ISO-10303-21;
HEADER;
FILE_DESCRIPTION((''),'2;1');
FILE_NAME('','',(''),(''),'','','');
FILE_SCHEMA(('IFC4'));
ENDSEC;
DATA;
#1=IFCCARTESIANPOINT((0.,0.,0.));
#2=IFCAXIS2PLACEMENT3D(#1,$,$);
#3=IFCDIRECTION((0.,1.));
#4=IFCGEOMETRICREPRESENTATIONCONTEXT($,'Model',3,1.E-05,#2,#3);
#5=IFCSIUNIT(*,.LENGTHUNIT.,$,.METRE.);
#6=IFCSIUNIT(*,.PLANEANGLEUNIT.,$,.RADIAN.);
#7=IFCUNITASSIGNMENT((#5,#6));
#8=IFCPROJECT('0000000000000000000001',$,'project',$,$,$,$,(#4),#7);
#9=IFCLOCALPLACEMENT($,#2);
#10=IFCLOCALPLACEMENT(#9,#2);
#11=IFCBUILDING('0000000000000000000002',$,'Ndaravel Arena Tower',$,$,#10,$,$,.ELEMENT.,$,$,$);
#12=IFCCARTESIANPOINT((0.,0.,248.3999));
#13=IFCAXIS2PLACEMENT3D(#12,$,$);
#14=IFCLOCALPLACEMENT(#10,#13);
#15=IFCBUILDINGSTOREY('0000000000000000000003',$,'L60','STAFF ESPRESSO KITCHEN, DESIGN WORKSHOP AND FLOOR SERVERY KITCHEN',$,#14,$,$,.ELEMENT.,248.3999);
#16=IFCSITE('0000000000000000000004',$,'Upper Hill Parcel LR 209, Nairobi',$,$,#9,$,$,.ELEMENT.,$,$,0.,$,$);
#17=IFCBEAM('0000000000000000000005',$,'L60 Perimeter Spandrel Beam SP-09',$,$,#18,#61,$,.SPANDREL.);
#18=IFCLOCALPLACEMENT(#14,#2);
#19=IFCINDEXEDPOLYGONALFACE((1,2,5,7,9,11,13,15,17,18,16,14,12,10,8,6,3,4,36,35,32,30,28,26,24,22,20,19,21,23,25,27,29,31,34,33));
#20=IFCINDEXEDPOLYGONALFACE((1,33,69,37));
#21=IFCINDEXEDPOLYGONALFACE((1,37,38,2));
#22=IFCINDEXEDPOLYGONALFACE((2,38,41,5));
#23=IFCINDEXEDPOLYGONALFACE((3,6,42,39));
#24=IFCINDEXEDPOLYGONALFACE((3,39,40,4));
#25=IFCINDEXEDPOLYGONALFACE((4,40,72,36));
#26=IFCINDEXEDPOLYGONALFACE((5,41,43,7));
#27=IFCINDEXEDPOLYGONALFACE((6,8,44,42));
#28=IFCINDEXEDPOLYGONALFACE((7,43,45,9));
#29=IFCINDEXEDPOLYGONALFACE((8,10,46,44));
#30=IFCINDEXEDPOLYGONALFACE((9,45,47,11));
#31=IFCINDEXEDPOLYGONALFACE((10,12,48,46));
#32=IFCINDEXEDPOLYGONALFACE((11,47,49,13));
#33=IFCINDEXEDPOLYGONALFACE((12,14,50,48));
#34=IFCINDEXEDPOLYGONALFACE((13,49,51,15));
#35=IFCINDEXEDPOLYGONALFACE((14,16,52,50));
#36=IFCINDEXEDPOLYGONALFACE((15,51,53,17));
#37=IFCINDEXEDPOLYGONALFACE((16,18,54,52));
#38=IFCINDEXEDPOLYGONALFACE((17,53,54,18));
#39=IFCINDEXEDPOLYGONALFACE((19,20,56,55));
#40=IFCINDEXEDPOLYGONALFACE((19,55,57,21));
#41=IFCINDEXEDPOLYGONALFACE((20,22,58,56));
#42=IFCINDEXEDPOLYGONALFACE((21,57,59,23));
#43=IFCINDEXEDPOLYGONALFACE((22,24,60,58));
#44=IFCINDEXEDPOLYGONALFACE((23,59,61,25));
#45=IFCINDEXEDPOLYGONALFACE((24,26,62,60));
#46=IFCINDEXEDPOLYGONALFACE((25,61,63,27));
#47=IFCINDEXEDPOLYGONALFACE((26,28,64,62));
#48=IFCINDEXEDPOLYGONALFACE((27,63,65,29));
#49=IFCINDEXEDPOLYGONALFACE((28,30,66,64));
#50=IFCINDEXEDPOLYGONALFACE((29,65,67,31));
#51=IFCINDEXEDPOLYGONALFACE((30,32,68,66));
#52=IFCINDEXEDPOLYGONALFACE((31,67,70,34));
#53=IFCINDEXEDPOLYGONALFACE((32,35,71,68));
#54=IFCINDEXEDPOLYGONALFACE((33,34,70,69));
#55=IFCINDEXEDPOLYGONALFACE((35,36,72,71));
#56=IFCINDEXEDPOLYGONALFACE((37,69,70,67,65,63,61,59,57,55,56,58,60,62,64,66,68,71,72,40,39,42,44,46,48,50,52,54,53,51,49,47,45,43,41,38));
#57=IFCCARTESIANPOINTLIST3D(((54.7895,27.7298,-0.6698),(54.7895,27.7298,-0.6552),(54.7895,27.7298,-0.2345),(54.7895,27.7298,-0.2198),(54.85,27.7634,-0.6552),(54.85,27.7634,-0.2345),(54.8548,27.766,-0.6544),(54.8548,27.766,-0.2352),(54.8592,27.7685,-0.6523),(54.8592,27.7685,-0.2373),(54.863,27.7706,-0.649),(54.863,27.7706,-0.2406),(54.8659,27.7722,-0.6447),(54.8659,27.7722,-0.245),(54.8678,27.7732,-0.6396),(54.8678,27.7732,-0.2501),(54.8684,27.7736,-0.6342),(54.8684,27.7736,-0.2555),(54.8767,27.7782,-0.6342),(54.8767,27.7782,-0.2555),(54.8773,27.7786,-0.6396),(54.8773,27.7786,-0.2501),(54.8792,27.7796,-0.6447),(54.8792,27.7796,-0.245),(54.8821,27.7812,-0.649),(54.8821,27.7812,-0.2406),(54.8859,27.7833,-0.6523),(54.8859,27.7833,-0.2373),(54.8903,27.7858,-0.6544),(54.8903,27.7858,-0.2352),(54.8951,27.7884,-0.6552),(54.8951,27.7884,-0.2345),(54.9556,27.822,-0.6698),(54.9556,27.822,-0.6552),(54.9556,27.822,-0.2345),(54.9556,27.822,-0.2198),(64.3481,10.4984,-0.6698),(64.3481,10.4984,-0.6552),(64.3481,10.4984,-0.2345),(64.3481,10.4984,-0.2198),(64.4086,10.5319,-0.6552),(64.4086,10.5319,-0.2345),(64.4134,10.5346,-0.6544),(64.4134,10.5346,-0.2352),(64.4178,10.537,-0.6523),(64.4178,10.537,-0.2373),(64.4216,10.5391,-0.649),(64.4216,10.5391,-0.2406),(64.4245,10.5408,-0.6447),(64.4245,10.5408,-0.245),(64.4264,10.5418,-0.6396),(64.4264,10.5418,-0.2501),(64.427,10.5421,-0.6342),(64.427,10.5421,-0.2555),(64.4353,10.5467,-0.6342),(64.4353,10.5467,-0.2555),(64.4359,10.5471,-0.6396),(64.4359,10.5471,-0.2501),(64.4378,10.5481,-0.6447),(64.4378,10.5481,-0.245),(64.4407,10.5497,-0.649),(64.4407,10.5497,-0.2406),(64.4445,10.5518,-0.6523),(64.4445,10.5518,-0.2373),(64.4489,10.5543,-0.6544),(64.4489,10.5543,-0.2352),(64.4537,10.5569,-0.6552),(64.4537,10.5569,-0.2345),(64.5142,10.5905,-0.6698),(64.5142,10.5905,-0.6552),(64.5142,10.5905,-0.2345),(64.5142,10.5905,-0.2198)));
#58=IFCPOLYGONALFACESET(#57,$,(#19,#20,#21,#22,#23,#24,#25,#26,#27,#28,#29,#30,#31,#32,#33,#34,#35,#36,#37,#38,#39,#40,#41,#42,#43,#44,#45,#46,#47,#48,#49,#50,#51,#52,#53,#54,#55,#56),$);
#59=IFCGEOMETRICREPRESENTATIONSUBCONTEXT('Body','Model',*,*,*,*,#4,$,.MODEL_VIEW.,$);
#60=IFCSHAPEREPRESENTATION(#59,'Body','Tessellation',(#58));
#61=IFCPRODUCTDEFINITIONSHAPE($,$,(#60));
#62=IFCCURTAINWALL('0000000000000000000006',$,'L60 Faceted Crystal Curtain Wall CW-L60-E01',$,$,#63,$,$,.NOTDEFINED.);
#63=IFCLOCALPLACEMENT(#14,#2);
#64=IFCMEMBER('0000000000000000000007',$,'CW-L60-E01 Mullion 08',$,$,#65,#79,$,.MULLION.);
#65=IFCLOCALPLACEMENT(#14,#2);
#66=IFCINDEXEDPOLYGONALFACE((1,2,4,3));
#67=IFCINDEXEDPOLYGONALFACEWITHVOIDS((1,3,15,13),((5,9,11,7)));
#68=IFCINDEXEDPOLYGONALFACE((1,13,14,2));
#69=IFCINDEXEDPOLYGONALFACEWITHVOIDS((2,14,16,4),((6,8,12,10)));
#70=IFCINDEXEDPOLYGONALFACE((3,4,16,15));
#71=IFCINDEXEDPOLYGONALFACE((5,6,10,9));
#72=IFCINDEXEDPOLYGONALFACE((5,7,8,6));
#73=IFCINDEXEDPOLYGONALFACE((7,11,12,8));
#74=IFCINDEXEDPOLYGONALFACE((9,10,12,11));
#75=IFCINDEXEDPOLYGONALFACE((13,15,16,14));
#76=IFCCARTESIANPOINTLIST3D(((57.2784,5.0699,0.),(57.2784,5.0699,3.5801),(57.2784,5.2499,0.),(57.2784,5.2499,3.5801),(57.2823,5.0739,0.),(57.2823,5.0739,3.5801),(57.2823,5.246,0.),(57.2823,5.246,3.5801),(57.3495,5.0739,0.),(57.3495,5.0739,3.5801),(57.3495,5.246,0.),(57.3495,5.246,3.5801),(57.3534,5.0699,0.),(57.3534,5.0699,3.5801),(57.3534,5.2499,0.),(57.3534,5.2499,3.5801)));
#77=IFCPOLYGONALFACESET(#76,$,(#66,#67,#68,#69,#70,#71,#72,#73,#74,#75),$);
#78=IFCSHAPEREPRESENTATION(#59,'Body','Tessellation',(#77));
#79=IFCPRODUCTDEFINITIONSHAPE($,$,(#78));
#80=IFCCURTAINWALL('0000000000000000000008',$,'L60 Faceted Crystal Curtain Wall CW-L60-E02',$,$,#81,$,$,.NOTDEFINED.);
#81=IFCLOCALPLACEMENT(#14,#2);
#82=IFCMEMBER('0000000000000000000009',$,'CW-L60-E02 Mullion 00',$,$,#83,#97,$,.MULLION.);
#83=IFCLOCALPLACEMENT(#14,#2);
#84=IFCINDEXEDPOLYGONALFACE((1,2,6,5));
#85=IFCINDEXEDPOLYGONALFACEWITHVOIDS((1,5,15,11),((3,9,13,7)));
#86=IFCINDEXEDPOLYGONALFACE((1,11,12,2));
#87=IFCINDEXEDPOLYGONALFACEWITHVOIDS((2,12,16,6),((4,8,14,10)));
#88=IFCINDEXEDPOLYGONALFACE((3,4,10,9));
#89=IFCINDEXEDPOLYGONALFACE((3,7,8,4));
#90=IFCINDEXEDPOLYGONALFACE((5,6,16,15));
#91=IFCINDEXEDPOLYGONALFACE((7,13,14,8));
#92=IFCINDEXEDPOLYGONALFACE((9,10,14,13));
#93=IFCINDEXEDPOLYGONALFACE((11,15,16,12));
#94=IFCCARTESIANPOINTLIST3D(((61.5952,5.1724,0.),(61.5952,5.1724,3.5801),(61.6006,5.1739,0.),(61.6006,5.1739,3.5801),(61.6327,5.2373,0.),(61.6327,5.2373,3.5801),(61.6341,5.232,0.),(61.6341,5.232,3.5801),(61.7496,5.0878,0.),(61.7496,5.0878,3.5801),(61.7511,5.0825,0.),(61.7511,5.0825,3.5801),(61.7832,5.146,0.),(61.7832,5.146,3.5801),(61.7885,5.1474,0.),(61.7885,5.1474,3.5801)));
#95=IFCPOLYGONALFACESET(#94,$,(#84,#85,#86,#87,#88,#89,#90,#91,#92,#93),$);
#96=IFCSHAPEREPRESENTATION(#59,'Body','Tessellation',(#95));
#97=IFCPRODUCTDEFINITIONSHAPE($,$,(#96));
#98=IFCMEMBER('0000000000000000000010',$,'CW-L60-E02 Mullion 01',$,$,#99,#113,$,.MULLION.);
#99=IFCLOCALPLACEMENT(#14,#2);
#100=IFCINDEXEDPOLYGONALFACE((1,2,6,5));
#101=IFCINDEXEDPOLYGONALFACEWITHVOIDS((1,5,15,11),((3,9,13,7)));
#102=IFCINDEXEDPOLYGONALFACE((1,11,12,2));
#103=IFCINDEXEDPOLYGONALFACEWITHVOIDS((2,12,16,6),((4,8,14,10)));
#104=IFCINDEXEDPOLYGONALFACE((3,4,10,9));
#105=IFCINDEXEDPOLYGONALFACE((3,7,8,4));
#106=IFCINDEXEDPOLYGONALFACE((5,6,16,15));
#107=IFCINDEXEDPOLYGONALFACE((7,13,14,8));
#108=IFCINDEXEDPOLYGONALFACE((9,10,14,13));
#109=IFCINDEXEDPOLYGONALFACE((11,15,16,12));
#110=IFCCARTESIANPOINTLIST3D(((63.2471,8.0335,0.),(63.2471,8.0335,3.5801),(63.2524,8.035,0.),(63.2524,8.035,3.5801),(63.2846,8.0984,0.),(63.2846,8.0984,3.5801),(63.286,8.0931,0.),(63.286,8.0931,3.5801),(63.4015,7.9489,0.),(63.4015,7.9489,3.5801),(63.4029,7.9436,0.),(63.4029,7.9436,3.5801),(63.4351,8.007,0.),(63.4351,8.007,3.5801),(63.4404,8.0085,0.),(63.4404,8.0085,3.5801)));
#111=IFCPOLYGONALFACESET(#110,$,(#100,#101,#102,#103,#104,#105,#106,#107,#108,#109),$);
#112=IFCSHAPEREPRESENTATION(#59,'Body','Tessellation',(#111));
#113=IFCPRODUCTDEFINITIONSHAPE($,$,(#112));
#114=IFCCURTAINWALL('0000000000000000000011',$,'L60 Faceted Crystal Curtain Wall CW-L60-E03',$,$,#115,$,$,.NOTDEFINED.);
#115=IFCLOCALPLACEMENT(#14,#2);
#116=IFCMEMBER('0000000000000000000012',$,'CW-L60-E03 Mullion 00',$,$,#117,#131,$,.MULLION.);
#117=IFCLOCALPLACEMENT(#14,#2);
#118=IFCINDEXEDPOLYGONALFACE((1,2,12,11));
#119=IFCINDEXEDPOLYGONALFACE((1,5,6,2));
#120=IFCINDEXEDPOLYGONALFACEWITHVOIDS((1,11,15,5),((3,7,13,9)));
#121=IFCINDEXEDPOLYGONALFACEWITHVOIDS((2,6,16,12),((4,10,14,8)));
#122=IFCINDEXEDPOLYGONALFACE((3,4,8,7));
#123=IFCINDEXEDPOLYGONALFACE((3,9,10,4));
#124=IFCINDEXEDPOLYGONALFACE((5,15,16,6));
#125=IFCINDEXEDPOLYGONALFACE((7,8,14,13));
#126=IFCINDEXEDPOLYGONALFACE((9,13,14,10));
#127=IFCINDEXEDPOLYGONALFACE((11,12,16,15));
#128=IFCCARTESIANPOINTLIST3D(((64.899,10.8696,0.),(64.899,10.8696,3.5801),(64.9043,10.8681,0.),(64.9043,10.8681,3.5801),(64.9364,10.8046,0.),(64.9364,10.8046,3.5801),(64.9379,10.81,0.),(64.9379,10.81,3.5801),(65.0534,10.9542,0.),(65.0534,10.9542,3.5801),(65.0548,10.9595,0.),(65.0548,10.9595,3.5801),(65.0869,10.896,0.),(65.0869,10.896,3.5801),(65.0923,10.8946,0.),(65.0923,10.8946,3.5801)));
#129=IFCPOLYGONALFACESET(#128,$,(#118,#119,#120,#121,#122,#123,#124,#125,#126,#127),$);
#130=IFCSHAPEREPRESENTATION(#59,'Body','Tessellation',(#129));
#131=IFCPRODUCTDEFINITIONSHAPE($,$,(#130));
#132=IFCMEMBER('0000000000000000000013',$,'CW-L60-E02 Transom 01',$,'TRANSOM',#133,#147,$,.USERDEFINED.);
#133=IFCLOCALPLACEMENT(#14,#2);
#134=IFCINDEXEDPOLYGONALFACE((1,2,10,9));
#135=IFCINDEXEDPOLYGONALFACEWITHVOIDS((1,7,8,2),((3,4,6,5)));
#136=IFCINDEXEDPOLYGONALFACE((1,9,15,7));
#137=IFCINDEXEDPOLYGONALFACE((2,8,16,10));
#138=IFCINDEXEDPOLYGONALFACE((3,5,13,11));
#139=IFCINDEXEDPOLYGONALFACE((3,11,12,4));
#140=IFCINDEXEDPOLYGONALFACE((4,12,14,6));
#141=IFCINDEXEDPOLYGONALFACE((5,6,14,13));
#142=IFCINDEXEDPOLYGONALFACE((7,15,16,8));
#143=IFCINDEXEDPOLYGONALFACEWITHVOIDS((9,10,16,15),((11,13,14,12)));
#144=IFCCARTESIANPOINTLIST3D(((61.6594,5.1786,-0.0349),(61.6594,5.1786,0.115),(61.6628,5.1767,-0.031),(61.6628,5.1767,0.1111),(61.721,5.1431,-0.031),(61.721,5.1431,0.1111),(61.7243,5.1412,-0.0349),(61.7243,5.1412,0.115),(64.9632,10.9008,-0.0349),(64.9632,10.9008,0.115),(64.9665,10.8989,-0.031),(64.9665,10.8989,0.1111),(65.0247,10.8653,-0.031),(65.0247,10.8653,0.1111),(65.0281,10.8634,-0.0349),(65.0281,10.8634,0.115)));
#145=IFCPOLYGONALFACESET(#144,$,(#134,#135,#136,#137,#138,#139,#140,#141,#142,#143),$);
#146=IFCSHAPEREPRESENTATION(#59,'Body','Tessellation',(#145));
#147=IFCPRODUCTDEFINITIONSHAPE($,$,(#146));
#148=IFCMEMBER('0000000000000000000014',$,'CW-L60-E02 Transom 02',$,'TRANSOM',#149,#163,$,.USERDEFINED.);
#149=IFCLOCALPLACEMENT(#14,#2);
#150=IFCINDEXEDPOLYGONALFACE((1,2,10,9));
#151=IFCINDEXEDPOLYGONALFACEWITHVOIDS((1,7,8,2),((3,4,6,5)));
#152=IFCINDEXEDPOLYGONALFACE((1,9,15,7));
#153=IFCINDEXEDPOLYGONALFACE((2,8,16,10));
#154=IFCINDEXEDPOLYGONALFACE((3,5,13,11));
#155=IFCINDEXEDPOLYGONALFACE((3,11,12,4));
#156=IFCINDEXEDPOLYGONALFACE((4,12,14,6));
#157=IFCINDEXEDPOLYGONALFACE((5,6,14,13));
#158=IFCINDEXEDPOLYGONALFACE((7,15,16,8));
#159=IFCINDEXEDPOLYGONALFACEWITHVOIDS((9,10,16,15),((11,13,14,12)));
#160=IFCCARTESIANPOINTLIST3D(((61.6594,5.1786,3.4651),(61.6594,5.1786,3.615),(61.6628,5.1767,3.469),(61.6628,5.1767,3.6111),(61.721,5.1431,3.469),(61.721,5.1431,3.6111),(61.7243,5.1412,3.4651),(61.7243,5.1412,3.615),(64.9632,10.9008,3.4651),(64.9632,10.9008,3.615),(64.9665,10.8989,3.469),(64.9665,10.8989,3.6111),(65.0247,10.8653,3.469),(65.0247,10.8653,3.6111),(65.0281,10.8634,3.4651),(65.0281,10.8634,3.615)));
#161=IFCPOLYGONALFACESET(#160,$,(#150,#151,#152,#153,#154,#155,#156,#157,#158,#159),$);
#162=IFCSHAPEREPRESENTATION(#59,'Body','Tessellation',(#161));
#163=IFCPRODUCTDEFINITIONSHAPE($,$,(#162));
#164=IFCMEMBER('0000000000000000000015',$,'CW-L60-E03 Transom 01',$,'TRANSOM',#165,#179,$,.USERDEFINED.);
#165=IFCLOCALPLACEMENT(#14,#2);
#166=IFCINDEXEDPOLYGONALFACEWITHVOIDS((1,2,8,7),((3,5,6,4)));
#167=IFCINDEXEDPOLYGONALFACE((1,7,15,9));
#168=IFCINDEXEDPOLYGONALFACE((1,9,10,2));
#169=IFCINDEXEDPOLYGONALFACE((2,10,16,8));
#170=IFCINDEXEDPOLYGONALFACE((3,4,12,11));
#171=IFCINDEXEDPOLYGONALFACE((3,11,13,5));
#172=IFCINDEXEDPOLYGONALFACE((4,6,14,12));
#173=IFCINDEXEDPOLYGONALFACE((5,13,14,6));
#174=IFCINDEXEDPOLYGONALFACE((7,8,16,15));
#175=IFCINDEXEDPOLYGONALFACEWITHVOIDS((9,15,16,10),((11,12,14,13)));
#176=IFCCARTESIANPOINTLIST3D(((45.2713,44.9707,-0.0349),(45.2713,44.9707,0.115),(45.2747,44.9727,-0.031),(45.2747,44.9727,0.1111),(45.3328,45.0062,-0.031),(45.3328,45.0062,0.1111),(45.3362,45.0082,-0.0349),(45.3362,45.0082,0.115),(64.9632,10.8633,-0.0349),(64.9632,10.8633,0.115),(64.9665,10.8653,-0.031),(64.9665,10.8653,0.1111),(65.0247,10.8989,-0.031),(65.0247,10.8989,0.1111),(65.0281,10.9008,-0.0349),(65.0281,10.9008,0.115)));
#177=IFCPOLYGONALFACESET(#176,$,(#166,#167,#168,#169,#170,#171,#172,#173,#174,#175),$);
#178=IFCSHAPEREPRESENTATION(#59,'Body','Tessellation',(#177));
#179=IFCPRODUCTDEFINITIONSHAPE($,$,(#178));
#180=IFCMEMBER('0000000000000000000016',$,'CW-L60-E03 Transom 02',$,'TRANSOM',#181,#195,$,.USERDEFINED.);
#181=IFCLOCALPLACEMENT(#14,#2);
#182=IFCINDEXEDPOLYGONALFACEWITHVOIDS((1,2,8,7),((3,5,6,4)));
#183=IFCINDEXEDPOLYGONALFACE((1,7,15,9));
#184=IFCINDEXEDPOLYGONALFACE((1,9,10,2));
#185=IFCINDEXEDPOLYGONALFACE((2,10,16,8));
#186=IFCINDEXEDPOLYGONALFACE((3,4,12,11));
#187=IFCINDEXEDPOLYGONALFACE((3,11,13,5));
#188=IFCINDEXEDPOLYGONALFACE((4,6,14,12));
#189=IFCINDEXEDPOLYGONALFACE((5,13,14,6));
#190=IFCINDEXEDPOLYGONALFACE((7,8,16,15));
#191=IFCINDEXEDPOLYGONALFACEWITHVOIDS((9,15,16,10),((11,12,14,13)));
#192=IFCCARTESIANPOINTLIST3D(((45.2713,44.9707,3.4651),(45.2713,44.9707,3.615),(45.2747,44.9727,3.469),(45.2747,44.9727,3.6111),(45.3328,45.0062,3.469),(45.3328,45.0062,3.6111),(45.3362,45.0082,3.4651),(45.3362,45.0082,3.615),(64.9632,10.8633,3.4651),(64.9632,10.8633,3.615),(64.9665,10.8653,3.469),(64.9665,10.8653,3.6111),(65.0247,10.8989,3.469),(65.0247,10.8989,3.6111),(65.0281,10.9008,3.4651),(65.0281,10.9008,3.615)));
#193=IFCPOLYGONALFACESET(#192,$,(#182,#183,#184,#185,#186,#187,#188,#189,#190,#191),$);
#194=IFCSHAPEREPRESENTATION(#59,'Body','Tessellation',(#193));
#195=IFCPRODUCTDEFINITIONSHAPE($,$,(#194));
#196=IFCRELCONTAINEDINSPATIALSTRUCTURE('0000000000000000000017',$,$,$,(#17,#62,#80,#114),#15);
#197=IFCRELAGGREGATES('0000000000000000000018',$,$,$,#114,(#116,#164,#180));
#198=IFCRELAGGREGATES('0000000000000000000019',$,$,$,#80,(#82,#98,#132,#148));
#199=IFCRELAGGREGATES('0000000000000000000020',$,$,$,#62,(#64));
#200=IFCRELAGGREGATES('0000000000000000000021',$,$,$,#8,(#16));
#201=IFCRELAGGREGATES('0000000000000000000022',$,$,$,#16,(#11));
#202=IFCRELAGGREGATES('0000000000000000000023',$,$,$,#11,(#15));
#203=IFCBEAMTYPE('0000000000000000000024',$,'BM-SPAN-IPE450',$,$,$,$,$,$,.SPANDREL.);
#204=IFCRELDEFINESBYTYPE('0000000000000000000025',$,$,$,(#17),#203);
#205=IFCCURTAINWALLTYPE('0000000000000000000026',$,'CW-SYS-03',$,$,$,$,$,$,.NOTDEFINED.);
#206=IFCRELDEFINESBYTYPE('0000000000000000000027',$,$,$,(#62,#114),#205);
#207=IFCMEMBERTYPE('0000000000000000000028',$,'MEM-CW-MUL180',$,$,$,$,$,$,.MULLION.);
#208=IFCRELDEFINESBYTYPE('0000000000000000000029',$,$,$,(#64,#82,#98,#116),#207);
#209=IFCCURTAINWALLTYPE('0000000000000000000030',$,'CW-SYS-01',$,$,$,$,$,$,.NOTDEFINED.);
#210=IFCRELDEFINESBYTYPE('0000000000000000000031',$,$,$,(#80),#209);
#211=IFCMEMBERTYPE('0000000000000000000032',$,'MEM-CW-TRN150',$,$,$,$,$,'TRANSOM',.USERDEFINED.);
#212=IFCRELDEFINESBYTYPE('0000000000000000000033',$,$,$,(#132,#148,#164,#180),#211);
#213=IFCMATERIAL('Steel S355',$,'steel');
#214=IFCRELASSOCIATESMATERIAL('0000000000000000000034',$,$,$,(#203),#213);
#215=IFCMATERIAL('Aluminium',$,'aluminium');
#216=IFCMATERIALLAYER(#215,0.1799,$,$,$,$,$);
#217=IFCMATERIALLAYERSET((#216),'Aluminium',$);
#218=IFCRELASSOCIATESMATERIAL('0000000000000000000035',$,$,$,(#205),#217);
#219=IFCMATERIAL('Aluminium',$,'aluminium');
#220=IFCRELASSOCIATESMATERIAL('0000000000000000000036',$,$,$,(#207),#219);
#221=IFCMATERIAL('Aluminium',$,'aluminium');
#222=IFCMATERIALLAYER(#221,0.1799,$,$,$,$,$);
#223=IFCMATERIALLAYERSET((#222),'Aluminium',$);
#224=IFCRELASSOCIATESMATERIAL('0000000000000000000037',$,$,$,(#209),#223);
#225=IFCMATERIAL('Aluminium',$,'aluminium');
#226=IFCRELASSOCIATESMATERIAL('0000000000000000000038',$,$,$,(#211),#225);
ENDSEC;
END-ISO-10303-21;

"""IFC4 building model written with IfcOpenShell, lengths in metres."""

from ifc_helpers import new_model, si_unit, direction, frame, origin, origin_2d, place, context, subcontext, project, spatial, hollow_rectangle, i_section, extrude, material, layer, layer_set, material_profile, profile_set, type_object, element, aggregate, save


model = new_model("IFC4")

# Units and contexts
model_context = context("Model", 3, precision=1e-05, world=origin(), true_north=direction((0.0, 1.0)))
body_context = subcontext(model_context, "Body", "Model", "MODEL_VIEW")
ifc_project = project(units=[si_unit("LENGTHUNIT", "METRE"), si_unit("PLANEANGLEUNIT", "RADIAN")], contexts=[model_context])

# Site, building, storey
site_placement = place(None, origin())
site = spatial("IfcSite", under=ifc_project, at=site_placement, Name="Upper Hill Parcel LR 209, Nairobi", CompositionType="ELEMENT", RefElevation=0.0)
building_placement = place(site_placement, origin())
building = spatial("IfcBuilding", under=site, at=building_placement, Name="Ndaravel Arena Tower", CompositionType="ELEMENT")
storey_placement = place(building_placement, frame((0.0, 0.0, 248.3999)))
storey = spatial("IfcBuildingStorey", under=building, at=storey_placement, Name="L60", Description="STAFF ESPRESSO KITCHEN, DESIGN WORKSHOP AND FLOOR SERVERY KITCHEN", CompositionType="ELEMENT", Elevation=248.3999)

# Beam
ifc_material_1 = material(Name="Steel S355", Category="steel")
ifc_material_profile_1 = material_profile(ifc_material_1, i_section(OverallWidth=0.1899, OverallDepth=0.45, WebThickness=0.0095, FlangeThickness=0.0146, FilletRadius=0.021, at=origin_2d()), Name="IPE 450")
ifc_profile_set_1 = profile_set([ifc_material_profile_1], Name="Steel S355")
beam_type = type_object("IfcBeamType", Name="BM-SPAN-IPE450", PredefinedType="SPANDREL", material=ifc_profile_set_1)
beam_placement = place(storey_placement, frame((64.4312, 10.5444, -0.4448), z_axis=(-0.485083, 0.874468, 0.0), x_axis=(-0.874468, -0.485083, 0.0)))
element("IfcBeam", 1, at=beam_placement, inside=storey, type_object=beam_type, Name="L60 Perimeter Spandrel Beam SP-09", PredefinedType="SPANDREL", context=body_context, shape_type="SweptSolid", body=[
    extrude(i_section(OverallWidth=0.1899, OverallDepth=0.45, WebThickness=0.0095, FlangeThickness=0.0146, FilletRadius=0.021, at=origin_2d()), origin(), (0.0, 0.0, 1.0), 19.7051),
])

# Curtain wall, member
ifc_material_2 = material(Name="Aluminium", Category="aluminium")
ifc_layer_1 = layer(ifc_material_2, 0.1799)
ifc_layer_set_1 = layer_set([ifc_layer_1], Name="Aluminium")
curtain_wall_type_1 = type_object("IfcCurtainWallType", Name="CW-SYS-03", PredefinedType="NOTDEFINED", material=ifc_layer_set_1)
curtain_wall_1_placement = place(storey_placement, origin())
curtain_wall_1 = element("IfcCurtainWall", 2, at=curtain_wall_1_placement, inside=storey, type_object=curtain_wall_type_1, Name="L60 Faceted Crystal Curtain Wall CW-L60-E01", PredefinedType="NOTDEFINED")
ifc_material_3 = material(Name="Aluminium", Category="aluminium")
ifc_material_profile_2 = material_profile(ifc_material_3, hollow_rectangle(XDim=0.075, YDim=0.1799, WallThickness=0.0039, at=origin_2d()), Name="CW MULLION 75x180x4")
ifc_profile_set_2 = profile_set([ifc_material_profile_2], Name="Aluminium")
member_type_1 = type_object("IfcMemberType", Name="MEM-CW-MUL180", PredefinedType="MULLION", material=ifc_profile_set_2)
member_1_placement = place(storey_placement, frame((57.3159, 5.1599, 0.0), z_axis=(0.0, 0.0, 1.0), x_axis=(1.0, 0.0, 0.0)))
member_1 = element("IfcMember", 3, at=member_1_placement, type_object=member_type_1, Name="CW-L60-E01 Mullion 08", PredefinedType="MULLION", context=body_context, shape_type="SweptSolid", body=[
    extrude(hollow_rectangle(XDim=0.075, YDim=0.1799, WallThickness=0.0039, at=origin_2d()), origin(), (0.0, 0.0, 1.0), 3.5801),
])

# Curtain wall, members
ifc_material_4 = material(Name="Aluminium", Category="aluminium")
ifc_layer_2 = layer(ifc_material_4, 0.1799)
ifc_layer_set_2 = layer_set([ifc_layer_2], Name="Aluminium")
curtain_wall_type_2 = type_object("IfcCurtainWallType", Name="CW-SYS-01", PredefinedType="NOTDEFINED", material=ifc_layer_set_2)
curtain_wall_2_placement = place(storey_placement, origin())
curtain_wall_2 = element("IfcCurtainWall", 4, at=curtain_wall_2_placement, inside=storey, type_object=curtain_wall_type_2, Name="L60 Faceted Crystal Curtain Wall CW-L60-E02", PredefinedType="NOTDEFINED")
member_2_placement = place(storey_placement, frame((61.6919, 5.1599, 0.0), z_axis=(0.0, 0.0, 1.0), x_axis=(0.5, 0.866025, 0.0)))
member_2 = element("IfcMember", 5, at=member_2_placement, type_object=member_type_1, Name="CW-L60-E02 Mullion 00", PredefinedType="MULLION", context=body_context, shape_type="SweptSolid", body=[
    extrude(hollow_rectangle(XDim=0.075, YDim=0.1799, WallThickness=0.0039, at=origin_2d()), origin(), (0.0, 0.0, 1.0), 3.5801),
])
member_3_placement = place(storey_placement, frame((63.3438, 8.021, 0.0), z_axis=(0.0, 0.0, 1.0), x_axis=(0.5, 0.866025, 0.0)))
member_3 = element("IfcMember", 6, at=member_3_placement, type_object=member_type_1, Name="CW-L60-E02 Mullion 01", PredefinedType="MULLION", context=body_context, shape_type="SweptSolid", body=[
    extrude(hollow_rectangle(XDim=0.075, YDim=0.1799, WallThickness=0.0039, at=origin_2d()), origin(), (0.0, 0.0, 1.0), 3.5801),
])

# Curtain wall, member
curtain_wall_3_placement = place(storey_placement, origin())
curtain_wall_3 = element("IfcCurtainWall", 7, at=curtain_wall_3_placement, inside=storey, type_object=curtain_wall_type_1, Name="L60 Faceted Crystal Curtain Wall CW-L60-E03", PredefinedType="NOTDEFINED")
member_4_placement = place(storey_placement, frame((64.9956, 10.8821, 0.0), z_axis=(0.0, 0.0, 1.0), x_axis=(-0.5, 0.866025, 0.0)))
member_4 = element("IfcMember", 8, at=member_4_placement, type_object=member_type_1, Name="CW-L60-E03 Mullion 00", PredefinedType="MULLION", context=body_context, shape_type="SweptSolid", body=[
    extrude(hollow_rectangle(XDim=0.075, YDim=0.1799, WallThickness=0.0039, at=origin_2d()), origin(), (0.0, 0.0, 1.0), 3.5801),
])

# Members
ifc_material_5 = material(Name="Aluminium", Category="aluminium")
ifc_material_profile_3 = material_profile(ifc_material_5, hollow_rectangle(XDim=0.075, YDim=0.1499, WallThickness=0.0039, at=origin_2d()), Name="CW TRANSOM 75x150x4")
ifc_profile_set_3 = profile_set([ifc_material_profile_3], Name="Aluminium")
member_type_2 = type_object("IfcMemberType", Name="MEM-CW-TRN150", ElementType="TRANSOM", PredefinedType="USERDEFINED", material=ifc_profile_set_3)
member_5_placement = place(storey_placement, frame((61.6919, 5.1599, 0.04), z_axis=(0.500002, 0.866024, 0.0), x_axis=(-0.866024, 0.500002, 0.0)))
member_5 = element("IfcMember", 9, at=member_5_placement, type_object=member_type_2, Name="CW-L60-E02 Transom 01", ObjectType="TRANSOM", PredefinedType="USERDEFINED", context=body_context, shape_type="SweptSolid", body=[
    extrude(hollow_rectangle(XDim=0.075, YDim=0.1499, WallThickness=0.0039, at=origin_2d()), origin(), (0.0, 0.0, 1.0), 6.6074),
])
member_6_placement = place(storey_placement, frame((61.6919, 5.1599, 3.54), z_axis=(0.500002, 0.866024, 0.0), x_axis=(-0.866024, 0.500002, 0.0)))
member_6 = element("IfcMember", 10, at=member_6_placement, type_object=member_type_2, Name="CW-L60-E02 Transom 02", ObjectType="TRANSOM", PredefinedType="USERDEFINED", context=body_context, shape_type="SweptSolid", body=[
    extrude(hollow_rectangle(XDim=0.075, YDim=0.1499, WallThickness=0.0039, at=origin_2d()), origin(), (0.0, 0.0, 1.0), 6.6074),
])
member_7_placement = place(storey_placement, frame((64.9956, 10.8821, 0.04), z_axis=(-0.499999, 0.866026, 0.0), x_axis=(-0.866026, -0.499999, 0.0)))
member_7 = element("IfcMember", 11, at=member_7_placement, type_object=member_type_2, Name="CW-L60-E03 Transom 01", ObjectType="TRANSOM", PredefinedType="USERDEFINED", context=body_context, shape_type="SweptSolid", body=[
    extrude(hollow_rectangle(XDim=0.075, YDim=0.1499, WallThickness=0.0039, at=origin_2d()), origin(), (0.0, 0.0, 1.0), 39.3838),
])
member_8_placement = place(storey_placement, frame((64.9956, 10.8821, 3.54), z_axis=(-0.499999, 0.866026, 0.0), x_axis=(-0.866026, -0.499999, 0.0)))
member_8 = element("IfcMember", 12, at=member_8_placement, type_object=member_type_2, Name="CW-L60-E03 Transom 02", ObjectType="TRANSOM", PredefinedType="USERDEFINED", context=body_context, shape_type="SweptSolid", body=[
    extrude(hollow_rectangle(XDim=0.075, YDim=0.1499, WallThickness=0.0039, at=origin_2d()), origin(), (0.0, 0.0, 1.0), 39.3838),
])
aggregate(curtain_wall_3, [member_4, member_7, member_8])

aggregate(curtain_wall_2, [member_2, member_3, member_5, member_6])
aggregate(curtain_wall_1, [member_1])

save(model, "model.ifc")
